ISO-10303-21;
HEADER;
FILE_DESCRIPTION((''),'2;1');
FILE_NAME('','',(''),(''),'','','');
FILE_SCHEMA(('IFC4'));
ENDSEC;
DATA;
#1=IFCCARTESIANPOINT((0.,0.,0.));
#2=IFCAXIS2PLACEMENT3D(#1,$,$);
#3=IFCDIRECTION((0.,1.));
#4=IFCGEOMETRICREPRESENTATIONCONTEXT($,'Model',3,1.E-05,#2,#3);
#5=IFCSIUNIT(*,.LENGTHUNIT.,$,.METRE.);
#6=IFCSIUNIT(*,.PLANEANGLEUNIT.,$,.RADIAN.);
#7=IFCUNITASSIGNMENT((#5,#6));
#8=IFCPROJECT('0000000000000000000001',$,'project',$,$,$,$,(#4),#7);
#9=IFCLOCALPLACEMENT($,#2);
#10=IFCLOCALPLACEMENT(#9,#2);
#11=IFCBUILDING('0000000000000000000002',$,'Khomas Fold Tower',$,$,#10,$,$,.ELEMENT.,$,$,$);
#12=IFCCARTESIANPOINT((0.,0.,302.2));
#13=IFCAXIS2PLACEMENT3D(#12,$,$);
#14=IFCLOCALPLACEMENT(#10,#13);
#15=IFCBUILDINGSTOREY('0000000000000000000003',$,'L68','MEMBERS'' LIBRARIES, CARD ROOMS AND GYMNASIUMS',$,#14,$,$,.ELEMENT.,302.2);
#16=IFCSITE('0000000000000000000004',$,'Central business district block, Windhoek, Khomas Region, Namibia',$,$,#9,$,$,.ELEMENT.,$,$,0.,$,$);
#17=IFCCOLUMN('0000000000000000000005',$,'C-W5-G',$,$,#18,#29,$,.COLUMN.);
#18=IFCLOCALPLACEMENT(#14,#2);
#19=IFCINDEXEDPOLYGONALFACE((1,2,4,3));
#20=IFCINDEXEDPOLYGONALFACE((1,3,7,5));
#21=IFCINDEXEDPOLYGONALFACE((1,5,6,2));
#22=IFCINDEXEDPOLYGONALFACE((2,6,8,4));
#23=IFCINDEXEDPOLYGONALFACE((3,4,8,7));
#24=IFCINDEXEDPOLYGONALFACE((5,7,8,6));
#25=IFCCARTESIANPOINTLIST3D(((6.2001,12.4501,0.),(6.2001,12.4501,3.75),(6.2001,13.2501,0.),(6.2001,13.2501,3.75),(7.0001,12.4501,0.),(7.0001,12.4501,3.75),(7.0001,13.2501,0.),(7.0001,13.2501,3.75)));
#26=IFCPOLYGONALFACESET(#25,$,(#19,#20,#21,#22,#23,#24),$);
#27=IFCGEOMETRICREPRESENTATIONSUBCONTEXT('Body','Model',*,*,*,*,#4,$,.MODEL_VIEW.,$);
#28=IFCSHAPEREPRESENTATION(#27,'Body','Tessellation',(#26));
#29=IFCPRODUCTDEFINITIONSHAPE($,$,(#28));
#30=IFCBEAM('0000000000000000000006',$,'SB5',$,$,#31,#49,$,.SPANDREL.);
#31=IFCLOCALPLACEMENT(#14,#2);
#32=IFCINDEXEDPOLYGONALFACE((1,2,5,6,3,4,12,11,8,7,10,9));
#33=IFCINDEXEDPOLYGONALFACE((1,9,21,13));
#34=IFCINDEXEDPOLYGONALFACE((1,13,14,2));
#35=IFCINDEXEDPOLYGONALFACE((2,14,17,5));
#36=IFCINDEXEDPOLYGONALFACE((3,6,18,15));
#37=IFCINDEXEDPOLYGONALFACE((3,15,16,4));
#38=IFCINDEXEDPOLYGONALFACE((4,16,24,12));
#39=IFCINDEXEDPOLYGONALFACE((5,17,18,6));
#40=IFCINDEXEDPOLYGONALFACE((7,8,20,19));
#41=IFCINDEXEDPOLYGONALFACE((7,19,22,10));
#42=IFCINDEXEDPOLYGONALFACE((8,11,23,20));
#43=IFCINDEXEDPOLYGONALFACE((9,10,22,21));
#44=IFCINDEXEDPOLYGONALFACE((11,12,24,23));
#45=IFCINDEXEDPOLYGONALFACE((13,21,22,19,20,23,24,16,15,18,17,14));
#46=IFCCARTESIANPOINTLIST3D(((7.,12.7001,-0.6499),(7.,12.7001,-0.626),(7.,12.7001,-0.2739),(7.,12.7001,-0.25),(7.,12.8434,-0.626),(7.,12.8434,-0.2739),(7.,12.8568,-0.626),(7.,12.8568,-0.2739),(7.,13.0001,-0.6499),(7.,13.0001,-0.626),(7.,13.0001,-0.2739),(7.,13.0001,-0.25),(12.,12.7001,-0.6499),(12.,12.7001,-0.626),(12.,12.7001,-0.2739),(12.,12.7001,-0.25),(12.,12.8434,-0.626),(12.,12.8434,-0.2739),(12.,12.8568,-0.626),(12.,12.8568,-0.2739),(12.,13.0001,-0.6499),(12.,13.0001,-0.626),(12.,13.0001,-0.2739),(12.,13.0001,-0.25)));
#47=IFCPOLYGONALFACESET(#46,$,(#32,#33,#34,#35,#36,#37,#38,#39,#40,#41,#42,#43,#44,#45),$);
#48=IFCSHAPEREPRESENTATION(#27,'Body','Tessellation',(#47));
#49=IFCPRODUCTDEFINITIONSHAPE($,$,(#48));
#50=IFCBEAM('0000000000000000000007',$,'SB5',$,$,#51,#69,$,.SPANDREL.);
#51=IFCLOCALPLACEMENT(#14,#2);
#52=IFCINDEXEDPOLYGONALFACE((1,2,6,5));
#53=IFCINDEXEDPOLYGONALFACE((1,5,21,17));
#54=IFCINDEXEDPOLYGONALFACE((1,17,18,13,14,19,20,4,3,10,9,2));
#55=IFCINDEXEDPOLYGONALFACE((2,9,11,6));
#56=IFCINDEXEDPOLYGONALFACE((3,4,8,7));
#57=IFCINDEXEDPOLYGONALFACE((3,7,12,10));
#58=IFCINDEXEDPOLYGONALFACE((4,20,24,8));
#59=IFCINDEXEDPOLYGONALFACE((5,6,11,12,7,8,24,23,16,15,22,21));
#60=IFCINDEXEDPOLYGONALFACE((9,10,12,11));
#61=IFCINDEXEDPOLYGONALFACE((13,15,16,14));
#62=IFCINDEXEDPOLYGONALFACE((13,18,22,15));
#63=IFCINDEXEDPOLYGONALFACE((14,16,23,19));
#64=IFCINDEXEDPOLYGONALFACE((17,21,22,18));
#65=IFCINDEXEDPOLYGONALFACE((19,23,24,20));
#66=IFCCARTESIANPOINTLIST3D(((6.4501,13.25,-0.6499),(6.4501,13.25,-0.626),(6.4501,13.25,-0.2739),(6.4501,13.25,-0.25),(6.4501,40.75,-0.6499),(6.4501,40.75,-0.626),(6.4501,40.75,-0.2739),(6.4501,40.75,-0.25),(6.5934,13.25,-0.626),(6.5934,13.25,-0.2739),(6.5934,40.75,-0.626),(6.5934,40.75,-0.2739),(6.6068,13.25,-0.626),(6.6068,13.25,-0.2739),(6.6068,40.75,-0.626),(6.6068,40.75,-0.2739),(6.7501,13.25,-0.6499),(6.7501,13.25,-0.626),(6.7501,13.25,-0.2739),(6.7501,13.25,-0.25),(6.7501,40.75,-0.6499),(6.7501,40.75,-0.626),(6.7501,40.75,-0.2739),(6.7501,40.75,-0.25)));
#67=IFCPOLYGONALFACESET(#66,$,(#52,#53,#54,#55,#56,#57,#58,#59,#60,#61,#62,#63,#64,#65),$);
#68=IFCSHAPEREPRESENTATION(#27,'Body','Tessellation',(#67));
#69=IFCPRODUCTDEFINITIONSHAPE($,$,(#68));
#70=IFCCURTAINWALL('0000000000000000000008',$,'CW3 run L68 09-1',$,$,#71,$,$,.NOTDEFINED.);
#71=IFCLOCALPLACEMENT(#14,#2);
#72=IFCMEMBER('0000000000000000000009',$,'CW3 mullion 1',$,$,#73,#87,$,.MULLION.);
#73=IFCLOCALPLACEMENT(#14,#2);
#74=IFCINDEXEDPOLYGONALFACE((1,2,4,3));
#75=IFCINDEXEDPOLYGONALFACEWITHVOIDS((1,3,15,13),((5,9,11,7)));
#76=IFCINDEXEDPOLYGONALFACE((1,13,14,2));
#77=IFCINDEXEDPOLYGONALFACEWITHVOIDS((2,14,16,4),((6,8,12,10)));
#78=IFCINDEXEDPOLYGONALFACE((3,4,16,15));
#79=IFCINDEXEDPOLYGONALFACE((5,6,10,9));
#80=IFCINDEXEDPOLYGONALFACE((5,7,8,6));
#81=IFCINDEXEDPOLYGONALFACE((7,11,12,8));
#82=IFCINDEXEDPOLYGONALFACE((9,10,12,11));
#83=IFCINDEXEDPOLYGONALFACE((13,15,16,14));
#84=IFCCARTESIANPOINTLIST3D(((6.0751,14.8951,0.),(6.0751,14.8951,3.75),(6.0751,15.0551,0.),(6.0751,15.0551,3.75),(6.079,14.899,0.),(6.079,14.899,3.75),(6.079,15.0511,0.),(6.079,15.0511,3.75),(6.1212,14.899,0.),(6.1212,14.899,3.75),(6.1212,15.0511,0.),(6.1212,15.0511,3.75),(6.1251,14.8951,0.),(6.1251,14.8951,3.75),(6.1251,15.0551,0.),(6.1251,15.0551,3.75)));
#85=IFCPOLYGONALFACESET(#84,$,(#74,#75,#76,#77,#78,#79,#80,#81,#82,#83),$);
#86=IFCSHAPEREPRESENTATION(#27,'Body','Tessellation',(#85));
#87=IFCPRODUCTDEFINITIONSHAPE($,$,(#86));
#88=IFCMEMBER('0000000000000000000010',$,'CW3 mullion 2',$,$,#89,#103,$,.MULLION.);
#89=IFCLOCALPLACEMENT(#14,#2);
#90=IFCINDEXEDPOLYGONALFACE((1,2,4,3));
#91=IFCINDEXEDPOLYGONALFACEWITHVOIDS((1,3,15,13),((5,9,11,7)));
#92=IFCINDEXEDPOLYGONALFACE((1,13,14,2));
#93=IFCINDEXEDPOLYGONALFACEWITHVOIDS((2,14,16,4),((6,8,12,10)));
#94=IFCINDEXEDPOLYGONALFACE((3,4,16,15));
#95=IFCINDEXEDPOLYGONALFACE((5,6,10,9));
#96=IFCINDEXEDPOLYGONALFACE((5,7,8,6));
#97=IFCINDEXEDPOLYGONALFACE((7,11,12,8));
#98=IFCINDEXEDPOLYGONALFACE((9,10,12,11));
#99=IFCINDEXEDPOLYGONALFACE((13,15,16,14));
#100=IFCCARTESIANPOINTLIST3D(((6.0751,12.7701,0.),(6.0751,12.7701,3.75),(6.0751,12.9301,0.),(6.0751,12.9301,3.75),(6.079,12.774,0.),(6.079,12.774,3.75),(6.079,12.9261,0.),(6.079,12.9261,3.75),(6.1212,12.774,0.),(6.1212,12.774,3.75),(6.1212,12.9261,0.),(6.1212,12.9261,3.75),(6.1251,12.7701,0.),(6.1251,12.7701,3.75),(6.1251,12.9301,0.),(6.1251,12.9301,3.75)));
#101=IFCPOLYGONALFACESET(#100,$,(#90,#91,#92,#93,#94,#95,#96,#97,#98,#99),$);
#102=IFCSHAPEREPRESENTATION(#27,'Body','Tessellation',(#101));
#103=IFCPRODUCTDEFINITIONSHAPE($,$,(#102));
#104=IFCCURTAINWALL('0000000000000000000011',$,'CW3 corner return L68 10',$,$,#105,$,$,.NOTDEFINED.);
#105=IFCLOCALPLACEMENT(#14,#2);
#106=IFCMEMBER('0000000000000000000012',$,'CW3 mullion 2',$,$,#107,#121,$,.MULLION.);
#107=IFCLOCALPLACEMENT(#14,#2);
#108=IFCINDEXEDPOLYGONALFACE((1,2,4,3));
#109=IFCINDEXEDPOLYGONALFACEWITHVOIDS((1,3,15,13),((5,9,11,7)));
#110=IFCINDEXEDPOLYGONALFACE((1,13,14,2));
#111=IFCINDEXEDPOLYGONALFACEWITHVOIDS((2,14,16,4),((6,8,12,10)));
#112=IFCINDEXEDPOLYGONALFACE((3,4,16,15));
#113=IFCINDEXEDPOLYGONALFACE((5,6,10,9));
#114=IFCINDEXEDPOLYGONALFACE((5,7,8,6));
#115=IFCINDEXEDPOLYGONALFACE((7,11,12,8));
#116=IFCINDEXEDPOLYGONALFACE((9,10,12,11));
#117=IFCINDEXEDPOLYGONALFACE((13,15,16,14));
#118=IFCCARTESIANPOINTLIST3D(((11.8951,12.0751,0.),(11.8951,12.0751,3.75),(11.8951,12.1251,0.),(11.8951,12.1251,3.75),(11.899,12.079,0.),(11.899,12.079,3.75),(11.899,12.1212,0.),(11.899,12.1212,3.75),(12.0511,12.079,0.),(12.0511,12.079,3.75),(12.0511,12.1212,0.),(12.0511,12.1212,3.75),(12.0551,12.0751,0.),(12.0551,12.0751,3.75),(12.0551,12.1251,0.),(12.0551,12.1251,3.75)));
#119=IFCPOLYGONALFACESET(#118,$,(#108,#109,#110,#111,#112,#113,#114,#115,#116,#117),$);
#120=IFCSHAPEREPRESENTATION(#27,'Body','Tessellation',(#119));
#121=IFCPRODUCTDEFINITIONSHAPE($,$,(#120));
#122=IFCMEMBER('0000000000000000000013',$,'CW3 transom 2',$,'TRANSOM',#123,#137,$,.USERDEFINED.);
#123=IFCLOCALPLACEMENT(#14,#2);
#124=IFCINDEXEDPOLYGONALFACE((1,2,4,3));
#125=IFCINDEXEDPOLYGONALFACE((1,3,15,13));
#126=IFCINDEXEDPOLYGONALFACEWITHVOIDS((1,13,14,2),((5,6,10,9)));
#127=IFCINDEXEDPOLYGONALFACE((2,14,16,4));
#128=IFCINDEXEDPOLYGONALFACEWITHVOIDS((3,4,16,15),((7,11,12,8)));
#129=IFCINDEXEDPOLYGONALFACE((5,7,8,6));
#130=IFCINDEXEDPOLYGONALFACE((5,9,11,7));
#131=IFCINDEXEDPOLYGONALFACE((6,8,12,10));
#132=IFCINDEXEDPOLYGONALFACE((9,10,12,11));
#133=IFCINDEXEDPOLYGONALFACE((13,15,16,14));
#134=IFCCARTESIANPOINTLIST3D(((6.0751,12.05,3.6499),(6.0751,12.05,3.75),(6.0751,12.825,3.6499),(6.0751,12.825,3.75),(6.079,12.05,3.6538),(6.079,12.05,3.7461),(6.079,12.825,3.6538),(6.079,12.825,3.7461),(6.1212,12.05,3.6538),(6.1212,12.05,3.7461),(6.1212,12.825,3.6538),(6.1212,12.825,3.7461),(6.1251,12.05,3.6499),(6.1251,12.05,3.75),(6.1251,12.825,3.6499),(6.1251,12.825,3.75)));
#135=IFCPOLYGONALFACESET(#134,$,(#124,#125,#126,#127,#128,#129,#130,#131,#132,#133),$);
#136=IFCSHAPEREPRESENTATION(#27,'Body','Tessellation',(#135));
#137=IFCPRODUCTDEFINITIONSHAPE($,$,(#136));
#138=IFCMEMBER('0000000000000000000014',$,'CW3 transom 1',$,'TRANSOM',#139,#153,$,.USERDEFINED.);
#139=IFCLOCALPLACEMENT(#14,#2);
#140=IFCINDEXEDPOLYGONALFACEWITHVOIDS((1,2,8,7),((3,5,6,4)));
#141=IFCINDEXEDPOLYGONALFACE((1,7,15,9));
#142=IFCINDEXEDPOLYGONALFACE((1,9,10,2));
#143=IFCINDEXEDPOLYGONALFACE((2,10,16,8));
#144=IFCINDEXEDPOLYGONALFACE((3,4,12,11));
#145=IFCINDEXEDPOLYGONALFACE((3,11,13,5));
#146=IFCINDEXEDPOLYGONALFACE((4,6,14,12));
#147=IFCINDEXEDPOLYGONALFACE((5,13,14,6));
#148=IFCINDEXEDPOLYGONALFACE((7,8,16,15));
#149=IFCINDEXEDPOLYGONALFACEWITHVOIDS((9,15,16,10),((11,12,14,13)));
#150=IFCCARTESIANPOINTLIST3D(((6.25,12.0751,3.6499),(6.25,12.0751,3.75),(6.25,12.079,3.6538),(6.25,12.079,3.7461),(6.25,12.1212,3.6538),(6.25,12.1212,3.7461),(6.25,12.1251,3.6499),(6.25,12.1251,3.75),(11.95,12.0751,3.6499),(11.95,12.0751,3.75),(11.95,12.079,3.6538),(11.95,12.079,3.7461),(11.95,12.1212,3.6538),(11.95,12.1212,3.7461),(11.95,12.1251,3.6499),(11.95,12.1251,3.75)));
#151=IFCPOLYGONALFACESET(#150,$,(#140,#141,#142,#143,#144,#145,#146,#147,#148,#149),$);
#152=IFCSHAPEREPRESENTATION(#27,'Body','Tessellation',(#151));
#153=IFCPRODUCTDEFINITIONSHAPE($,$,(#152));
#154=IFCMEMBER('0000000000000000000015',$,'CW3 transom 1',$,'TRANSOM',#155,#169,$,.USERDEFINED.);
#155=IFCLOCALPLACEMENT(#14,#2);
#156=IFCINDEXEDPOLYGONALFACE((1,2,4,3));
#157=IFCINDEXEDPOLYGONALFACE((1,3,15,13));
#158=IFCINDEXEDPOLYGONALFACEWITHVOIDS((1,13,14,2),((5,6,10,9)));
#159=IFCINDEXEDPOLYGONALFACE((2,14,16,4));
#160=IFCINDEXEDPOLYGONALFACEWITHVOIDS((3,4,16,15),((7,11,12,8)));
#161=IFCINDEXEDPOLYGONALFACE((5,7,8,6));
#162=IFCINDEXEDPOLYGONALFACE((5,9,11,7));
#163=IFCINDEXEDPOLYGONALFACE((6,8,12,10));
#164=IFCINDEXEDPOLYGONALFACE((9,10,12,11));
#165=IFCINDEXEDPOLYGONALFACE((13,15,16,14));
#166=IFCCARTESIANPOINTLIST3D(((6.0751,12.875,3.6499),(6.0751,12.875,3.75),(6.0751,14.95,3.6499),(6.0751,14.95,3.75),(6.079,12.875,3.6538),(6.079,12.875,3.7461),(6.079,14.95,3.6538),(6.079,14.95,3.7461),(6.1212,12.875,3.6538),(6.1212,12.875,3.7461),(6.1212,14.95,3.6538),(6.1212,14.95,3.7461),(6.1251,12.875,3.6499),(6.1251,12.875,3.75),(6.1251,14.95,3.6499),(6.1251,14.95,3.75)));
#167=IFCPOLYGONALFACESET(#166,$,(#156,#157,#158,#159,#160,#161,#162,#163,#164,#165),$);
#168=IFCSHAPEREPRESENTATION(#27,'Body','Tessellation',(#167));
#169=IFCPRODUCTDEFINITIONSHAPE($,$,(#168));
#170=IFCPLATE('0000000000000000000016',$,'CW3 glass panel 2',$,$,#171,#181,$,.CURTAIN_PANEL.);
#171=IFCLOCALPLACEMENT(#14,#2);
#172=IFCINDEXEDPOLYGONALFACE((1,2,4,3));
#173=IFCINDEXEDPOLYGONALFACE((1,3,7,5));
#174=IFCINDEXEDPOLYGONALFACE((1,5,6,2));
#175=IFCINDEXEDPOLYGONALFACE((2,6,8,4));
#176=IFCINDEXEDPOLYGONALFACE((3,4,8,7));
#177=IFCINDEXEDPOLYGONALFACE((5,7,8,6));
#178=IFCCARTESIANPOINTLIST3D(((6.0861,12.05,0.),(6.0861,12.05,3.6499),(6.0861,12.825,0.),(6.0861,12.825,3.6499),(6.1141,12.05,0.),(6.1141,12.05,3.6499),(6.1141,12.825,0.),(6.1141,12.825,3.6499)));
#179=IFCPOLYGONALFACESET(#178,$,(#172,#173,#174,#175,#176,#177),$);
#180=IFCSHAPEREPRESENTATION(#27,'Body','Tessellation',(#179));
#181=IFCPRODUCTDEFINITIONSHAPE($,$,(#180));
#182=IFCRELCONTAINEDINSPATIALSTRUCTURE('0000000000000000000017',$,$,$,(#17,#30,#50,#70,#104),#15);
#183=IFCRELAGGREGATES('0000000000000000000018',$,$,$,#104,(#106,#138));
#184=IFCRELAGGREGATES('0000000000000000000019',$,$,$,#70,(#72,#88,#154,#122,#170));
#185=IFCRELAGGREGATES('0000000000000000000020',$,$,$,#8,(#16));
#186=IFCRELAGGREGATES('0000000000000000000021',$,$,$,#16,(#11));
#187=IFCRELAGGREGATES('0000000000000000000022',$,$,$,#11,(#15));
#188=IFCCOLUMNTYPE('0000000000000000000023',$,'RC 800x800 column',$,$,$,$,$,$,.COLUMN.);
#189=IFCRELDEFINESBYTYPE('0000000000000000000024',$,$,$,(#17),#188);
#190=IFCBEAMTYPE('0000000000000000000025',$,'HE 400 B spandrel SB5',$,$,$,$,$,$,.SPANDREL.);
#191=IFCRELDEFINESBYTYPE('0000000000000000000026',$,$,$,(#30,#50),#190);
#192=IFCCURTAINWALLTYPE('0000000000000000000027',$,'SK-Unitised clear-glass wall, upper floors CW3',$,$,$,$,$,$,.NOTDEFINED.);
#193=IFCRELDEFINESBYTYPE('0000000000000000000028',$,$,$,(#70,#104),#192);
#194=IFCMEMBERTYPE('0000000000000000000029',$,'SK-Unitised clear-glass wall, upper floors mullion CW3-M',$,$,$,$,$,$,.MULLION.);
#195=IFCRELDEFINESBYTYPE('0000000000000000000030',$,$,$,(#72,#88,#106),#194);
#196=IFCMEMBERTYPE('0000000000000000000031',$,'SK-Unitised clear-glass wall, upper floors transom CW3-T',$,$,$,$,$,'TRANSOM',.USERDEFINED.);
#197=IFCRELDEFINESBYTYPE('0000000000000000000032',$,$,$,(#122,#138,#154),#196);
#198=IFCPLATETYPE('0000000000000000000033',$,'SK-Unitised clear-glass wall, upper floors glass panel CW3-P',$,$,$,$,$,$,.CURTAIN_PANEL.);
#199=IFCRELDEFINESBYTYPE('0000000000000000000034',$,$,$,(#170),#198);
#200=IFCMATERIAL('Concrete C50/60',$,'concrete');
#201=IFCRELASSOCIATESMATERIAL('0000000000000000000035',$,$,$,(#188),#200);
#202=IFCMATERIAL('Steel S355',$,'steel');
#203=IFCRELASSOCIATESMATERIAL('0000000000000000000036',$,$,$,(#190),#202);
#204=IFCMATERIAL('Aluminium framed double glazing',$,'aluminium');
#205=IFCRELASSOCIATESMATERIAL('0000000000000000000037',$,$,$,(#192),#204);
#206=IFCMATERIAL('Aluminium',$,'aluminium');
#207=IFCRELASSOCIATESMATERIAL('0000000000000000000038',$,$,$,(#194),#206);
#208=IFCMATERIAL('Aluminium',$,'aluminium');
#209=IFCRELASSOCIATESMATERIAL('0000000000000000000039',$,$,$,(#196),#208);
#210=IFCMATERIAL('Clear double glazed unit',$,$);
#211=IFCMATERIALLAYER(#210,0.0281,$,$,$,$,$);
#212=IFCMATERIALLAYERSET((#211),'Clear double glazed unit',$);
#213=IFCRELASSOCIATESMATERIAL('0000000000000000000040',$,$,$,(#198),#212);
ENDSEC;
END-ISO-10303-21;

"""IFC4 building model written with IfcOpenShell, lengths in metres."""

from ifc_helpers import new_model, si_unit, direction, frame, origin, origin_2d, place, context, subcontext, project, spatial, rectangle, hollow_rectangle, i_section, extrude, source, transform, mapped, material, layer, layer_set, material_profile, profile_set, type_object, element, aggregate, save


model = new_model("IFC4")

# Units and contexts
model_context = context("Model", 3, precision=1e-05, world=origin(), true_north=direction((0.0, 1.0)))
body_context = subcontext(model_context, "Body", "Model", "MODEL_VIEW")
ifc_project = project(units=[si_unit("LENGTHUNIT", "METRE"), si_unit("PLANEANGLEUNIT", "RADIAN")], contexts=[model_context])

# Site, building, storey
site_placement = place(None, origin())
site = spatial("IfcSite", under=ifc_project, at=site_placement, Name="Central business district block, Windhoek, Khomas Region, Namibia", CompositionType="ELEMENT", RefElevation=0.0)
building_placement = place(site_placement, origin())
building = spatial("IfcBuilding", under=site, at=building_placement, Name="Khomas Fold Tower", CompositionType="ELEMENT")
storey_placement = place(building_placement, frame((0.0, 0.0, 302.2)))
storey = spatial("IfcBuildingStorey", under=building, at=storey_placement, Name="L68", Description="MEMBERS' LIBRARIES, CARD ROOMS AND GYMNASIUMS", CompositionType="ELEMENT", Elevation=302.2)

# Column
ifc_material_1 = material(Name="Concrete C50/60", Category="concrete")
ifc_material_profile_1 = material_profile(ifc_material_1, rectangle(XDim=0.8, YDim=0.8, at=origin_2d()), Name="RC 800x800")
ifc_profile_set_1 = profile_set([ifc_material_profile_1], Name="Concrete C50/60")
column_type = type_object("IfcColumnType", Name="RC 800x800 column", PredefinedType="COLUMN", material=ifc_profile_set_1)
shared_shape_1 = source(origin(), body_context, "Body", "SweptSolid", [
    extrude(rectangle(XDim=0.8, YDim=0.8, at=origin_2d()), origin(), (0.0, 0.0, 1.0), 3.75),
])
column_placement = place(storey_placement, frame((6.6001, 12.8501, 0.0), z_axis=(0.0, 0.0, 1.0), x_axis=(1.0, 0.0, 0.0)))
element("IfcColumn", 1, at=column_placement, inside=storey, type_object=column_type, Name="C-W5-G", PredefinedType="COLUMN", context=body_context, shape_type="MappedRepresentation", body=[
    mapped(shared_shape_1, transform((0.0, 0.0, 0.0))),
])

# Beams
ifc_material_2 = material(Name="Steel S355", Category="steel")
ifc_material_profile_2 = material_profile(ifc_material_2, i_section(OverallWidth=0.3, OverallDepth=0.3999, WebThickness=0.0134, FlangeThickness=0.0239, at=origin_2d()), Name="HE 400 B")
ifc_profile_set_2 = profile_set([ifc_material_profile_2], Name="Steel S355")
beam_type = type_object("IfcBeamType", Name="HE 400 B spandrel SB5", PredefinedType="SPANDREL", material=ifc_profile_set_2)
shared_shape_2 = source(origin(), body_context, "Body", "SweptSolid", [
    extrude(i_section(OverallWidth=0.3, OverallDepth=0.3999, WebThickness=0.0134, FlangeThickness=0.0239, at=origin_2d()), origin(), (0.0, 0.0, 1.0), 5.0),
])
beam_1_placement = place(storey_placement, frame((7.0, 12.8501, -0.45), z_axis=(1.0, 0.0, 0.0), x_axis=(0.0, 1.0, 0.0)))
element("IfcBeam", 2, at=beam_1_placement, inside=storey, type_object=beam_type, Name="SB5", PredefinedType="SPANDREL", context=body_context, shape_type="MappedRepresentation", body=[
    mapped(shared_shape_2, transform((0.0, 0.0, 0.0))),
])
shared_shape_3 = source(origin(), body_context, "Body", "SweptSolid", [
    extrude(i_section(OverallWidth=0.3, OverallDepth=0.3999, WebThickness=0.0134, FlangeThickness=0.0239, at=origin_2d()), origin(), (0.0, 0.0, 1.0), 27.5),
])
beam_2_placement = place(storey_placement, frame((6.6001, 13.25, -0.45), z_axis=(0.0, 1.0, 0.0), x_axis=(-1.0, 0.0, 0.0)))
element("IfcBeam", 3, at=beam_2_placement, inside=storey, type_object=beam_type, Name="SB5", PredefinedType="SPANDREL", context=body_context, shape_type="MappedRepresentation", body=[
    mapped(shared_shape_3, transform((0.0, 0.0, 0.0))),
])

# Curtain wall, members
ifc_material_3 = material(Name="Aluminium framed double glazing", Category="aluminium")
curtain_wall_type = type_object("IfcCurtainWallType", Name="SK-Unitised clear-glass wall, upper floors CW3", PredefinedType="NOTDEFINED", material=ifc_material_3)
curtain_wall_1_placement = place(storey_placement, origin())
curtain_wall_1 = element("IfcCurtainWall", 4, at=curtain_wall_1_placement, inside=storey, type_object=curtain_wall_type, Name="CW3 run L68 09-1", PredefinedType="NOTDEFINED")
ifc_material_4 = material(Name="Aluminium", Category="aluminium")
ifc_material_profile_3 = material_profile(ifc_material_4, hollow_rectangle(XDim=0.05, YDim=0.1599, WallThickness=0.0039, at=origin_2d()), Name="SK-Unitised clear-glass wall, upper floors mullion CW3-M")
ifc_profile_set_3 = profile_set([ifc_material_profile_3], Name="Aluminium")
member_type_1 = type_object("IfcMemberType", Name="SK-Unitised clear-glass wall, upper floors mullion CW3-M", PredefinedType="MULLION", material=ifc_profile_set_3)
shared_shape_4 = source(origin(), body_context, "Body", "SweptSolid", [
    extrude(hollow_rectangle(XDim=0.05, YDim=0.1599, WallThickness=0.0039, at=origin_2d()), origin(), (0.0, 0.0, 1.0), 3.75),
])
member_1_placement = place(storey_placement, frame((6.1001, 14.9751, 0.0), z_axis=(0.0, 0.0, 1.0), x_axis=(1.0, 0.0, 0.0)))
member_1 = element("IfcMember", 5, at=member_1_placement, type_object=member_type_1, Name="CW3 mullion 1", PredefinedType="MULLION", context=body_context, shape_type="MappedRepresentation", body=[
    mapped(shared_shape_4, transform((0.0, 0.0, 0.0))),
])
member_2_placement = place(storey_placement, frame((6.1001, 12.8501, 0.0), z_axis=(0.0, 0.0, 1.0), x_axis=(1.0, 0.0, 0.0)))
member_2 = element("IfcMember", 6, at=member_2_placement, type_object=member_type_1, Name="CW3 mullion 2", PredefinedType="MULLION", context=body_context, shape_type="MappedRepresentation", body=[
    mapped(shared_shape_4, transform((0.0, 0.0, 0.0))),
])

# Curtain wall, member
curtain_wall_2_placement = place(storey_placement, origin())
curtain_wall_2 = element("IfcCurtainWall", 7, at=curtain_wall_2_placement, inside=storey, type_object=curtain_wall_type, Name="CW3 corner return L68 10", PredefinedType="NOTDEFINED")
member_3_placement = place(storey_placement, frame((11.9751, 12.1001, 0.0), z_axis=(0.0, 0.0, 1.0), x_axis=(0.0, 1.0, 0.0)))
member_3 = element("IfcMember", 8, at=member_3_placement, type_object=member_type_1, Name="CW3 mullion 2", PredefinedType="MULLION", context=body_context, shape_type="MappedRepresentation", body=[
    mapped(shared_shape_4, transform((0.0, 0.0, 0.0))),
])

# Members
ifc_material_5 = material(Name="Aluminium", Category="aluminium")
ifc_material_profile_4 = material_profile(ifc_material_5, hollow_rectangle(XDim=0.05, YDim=0.1001, WallThickness=0.0039, at=origin_2d()), Name="SK-Unitised clear-glass wall, upper floors transom CW3-T")
ifc_profile_set_4 = profile_set([ifc_material_profile_4], Name="Aluminium")
member_type_2 = type_object("IfcMemberType", Name="SK-Unitised clear-glass wall, upper floors transom CW3-T", ElementType="TRANSOM", PredefinedType="USERDEFINED", material=ifc_profile_set_4)
shared_shape_5 = source(origin(), body_context, "Body", "SweptSolid", [
    extrude(hollow_rectangle(XDim=0.05, YDim=0.1001, WallThickness=0.0039, at=origin_2d()), origin(), (0.0, 0.0, 1.0), 0.7749),
])
member_4_placement = place(storey_placement, frame((6.1001, 12.825, 3.7), z_axis=(0.0, -1.0, 0.0), x_axis=(1.0, 0.0, 0.0)))
member_4 = element("IfcMember", 9, at=member_4_placement, type_object=member_type_2, Name="CW3 transom 2", ObjectType="TRANSOM", PredefinedType="USERDEFINED", context=body_context, shape_type="MappedRepresentation", body=[
    mapped(shared_shape_5, transform((0.0, 0.0, 0.0))),
])
shared_shape_6 = source(origin(), body_context, "Body", "SweptSolid", [
    extrude(hollow_rectangle(XDim=0.05, YDim=0.1001, WallThickness=0.0039, at=origin_2d()), origin(), (0.0, 0.0, 1.0), 5.7),
])
member_5_placement = place(storey_placement, frame((6.25, 12.1001, 3.7), z_axis=(1.0, 0.0, 0.0), x_axis=(0.0, 1.0, 0.0)))
member_5 = element("IfcMember", 10, at=member_5_placement, type_object=member_type_2, Name="CW3 transom 1", ObjectType="TRANSOM", PredefinedType="USERDEFINED", context=body_context, shape_type="MappedRepresentation", body=[
    mapped(shared_shape_6, transform((0.0, 0.0, 0.0))),
])
shared_shape_7 = source(origin(), body_context, "Body", "SweptSolid", [
    extrude(hollow_rectangle(XDim=0.05, YDim=0.1001, WallThickness=0.0039, at=origin_2d()), origin(), (0.0, 0.0, 1.0), 2.075),
])
member_6_placement = place(storey_placement, frame((6.1001, 14.95, 3.7), z_axis=(0.0, -1.0, 0.0), x_axis=(1.0, 0.0, 0.0)))
member_6 = element("IfcMember", 11, at=member_6_placement, type_object=member_type_2, Name="CW3 transom 1", ObjectType="TRANSOM", PredefinedType="USERDEFINED", context=body_context, shape_type="MappedRepresentation", body=[
    mapped(shared_shape_7, transform((0.0, 0.0, 0.0))),
])

# Plate
ifc_material_6 = material(Name="Clear double glazed unit")
ifc_layer_1 = layer(ifc_material_6, 0.0281)
ifc_layer_set_1 = layer_set([ifc_layer_1], Name="Clear double glazed unit")
plate_type = type_object("IfcPlateType", Name="SK-Unitised clear-glass wall, upper floors glass panel CW3-P", PredefinedType="CURTAIN_PANEL", material=ifc_layer_set_1)
shared_shape_8 = source(origin(), body_context, "Body", "SweptSolid", [
    extrude(rectangle(XDim=0.7749, YDim=0.0281, at=origin_2d()), origin(), (0.0, 0.0, 1.0), 3.6499),
])
plate_1_placement = place(storey_placement, frame((6.1001, 12.4375, 0.0), z_axis=(0.0, 0.0, 1.0), x_axis=(0.0, -1.0, 0.0)))
plate_1 = element("IfcPlate", 12, at=plate_1_placement, type_object=plate_type, Name="CW3 glass panel 2", PredefinedType="CURTAIN_PANEL", context=body_context, shape_type="MappedRepresentation", body=[
    mapped(shared_shape_8, transform((0.0, 0.0, 0.0))),
])
aggregate(curtain_wall_2, [member_3, member_5])
aggregate(curtain_wall_1, [member_1, member_2, member_6, member_4, plate_1])

save(model, "model.ifc")
